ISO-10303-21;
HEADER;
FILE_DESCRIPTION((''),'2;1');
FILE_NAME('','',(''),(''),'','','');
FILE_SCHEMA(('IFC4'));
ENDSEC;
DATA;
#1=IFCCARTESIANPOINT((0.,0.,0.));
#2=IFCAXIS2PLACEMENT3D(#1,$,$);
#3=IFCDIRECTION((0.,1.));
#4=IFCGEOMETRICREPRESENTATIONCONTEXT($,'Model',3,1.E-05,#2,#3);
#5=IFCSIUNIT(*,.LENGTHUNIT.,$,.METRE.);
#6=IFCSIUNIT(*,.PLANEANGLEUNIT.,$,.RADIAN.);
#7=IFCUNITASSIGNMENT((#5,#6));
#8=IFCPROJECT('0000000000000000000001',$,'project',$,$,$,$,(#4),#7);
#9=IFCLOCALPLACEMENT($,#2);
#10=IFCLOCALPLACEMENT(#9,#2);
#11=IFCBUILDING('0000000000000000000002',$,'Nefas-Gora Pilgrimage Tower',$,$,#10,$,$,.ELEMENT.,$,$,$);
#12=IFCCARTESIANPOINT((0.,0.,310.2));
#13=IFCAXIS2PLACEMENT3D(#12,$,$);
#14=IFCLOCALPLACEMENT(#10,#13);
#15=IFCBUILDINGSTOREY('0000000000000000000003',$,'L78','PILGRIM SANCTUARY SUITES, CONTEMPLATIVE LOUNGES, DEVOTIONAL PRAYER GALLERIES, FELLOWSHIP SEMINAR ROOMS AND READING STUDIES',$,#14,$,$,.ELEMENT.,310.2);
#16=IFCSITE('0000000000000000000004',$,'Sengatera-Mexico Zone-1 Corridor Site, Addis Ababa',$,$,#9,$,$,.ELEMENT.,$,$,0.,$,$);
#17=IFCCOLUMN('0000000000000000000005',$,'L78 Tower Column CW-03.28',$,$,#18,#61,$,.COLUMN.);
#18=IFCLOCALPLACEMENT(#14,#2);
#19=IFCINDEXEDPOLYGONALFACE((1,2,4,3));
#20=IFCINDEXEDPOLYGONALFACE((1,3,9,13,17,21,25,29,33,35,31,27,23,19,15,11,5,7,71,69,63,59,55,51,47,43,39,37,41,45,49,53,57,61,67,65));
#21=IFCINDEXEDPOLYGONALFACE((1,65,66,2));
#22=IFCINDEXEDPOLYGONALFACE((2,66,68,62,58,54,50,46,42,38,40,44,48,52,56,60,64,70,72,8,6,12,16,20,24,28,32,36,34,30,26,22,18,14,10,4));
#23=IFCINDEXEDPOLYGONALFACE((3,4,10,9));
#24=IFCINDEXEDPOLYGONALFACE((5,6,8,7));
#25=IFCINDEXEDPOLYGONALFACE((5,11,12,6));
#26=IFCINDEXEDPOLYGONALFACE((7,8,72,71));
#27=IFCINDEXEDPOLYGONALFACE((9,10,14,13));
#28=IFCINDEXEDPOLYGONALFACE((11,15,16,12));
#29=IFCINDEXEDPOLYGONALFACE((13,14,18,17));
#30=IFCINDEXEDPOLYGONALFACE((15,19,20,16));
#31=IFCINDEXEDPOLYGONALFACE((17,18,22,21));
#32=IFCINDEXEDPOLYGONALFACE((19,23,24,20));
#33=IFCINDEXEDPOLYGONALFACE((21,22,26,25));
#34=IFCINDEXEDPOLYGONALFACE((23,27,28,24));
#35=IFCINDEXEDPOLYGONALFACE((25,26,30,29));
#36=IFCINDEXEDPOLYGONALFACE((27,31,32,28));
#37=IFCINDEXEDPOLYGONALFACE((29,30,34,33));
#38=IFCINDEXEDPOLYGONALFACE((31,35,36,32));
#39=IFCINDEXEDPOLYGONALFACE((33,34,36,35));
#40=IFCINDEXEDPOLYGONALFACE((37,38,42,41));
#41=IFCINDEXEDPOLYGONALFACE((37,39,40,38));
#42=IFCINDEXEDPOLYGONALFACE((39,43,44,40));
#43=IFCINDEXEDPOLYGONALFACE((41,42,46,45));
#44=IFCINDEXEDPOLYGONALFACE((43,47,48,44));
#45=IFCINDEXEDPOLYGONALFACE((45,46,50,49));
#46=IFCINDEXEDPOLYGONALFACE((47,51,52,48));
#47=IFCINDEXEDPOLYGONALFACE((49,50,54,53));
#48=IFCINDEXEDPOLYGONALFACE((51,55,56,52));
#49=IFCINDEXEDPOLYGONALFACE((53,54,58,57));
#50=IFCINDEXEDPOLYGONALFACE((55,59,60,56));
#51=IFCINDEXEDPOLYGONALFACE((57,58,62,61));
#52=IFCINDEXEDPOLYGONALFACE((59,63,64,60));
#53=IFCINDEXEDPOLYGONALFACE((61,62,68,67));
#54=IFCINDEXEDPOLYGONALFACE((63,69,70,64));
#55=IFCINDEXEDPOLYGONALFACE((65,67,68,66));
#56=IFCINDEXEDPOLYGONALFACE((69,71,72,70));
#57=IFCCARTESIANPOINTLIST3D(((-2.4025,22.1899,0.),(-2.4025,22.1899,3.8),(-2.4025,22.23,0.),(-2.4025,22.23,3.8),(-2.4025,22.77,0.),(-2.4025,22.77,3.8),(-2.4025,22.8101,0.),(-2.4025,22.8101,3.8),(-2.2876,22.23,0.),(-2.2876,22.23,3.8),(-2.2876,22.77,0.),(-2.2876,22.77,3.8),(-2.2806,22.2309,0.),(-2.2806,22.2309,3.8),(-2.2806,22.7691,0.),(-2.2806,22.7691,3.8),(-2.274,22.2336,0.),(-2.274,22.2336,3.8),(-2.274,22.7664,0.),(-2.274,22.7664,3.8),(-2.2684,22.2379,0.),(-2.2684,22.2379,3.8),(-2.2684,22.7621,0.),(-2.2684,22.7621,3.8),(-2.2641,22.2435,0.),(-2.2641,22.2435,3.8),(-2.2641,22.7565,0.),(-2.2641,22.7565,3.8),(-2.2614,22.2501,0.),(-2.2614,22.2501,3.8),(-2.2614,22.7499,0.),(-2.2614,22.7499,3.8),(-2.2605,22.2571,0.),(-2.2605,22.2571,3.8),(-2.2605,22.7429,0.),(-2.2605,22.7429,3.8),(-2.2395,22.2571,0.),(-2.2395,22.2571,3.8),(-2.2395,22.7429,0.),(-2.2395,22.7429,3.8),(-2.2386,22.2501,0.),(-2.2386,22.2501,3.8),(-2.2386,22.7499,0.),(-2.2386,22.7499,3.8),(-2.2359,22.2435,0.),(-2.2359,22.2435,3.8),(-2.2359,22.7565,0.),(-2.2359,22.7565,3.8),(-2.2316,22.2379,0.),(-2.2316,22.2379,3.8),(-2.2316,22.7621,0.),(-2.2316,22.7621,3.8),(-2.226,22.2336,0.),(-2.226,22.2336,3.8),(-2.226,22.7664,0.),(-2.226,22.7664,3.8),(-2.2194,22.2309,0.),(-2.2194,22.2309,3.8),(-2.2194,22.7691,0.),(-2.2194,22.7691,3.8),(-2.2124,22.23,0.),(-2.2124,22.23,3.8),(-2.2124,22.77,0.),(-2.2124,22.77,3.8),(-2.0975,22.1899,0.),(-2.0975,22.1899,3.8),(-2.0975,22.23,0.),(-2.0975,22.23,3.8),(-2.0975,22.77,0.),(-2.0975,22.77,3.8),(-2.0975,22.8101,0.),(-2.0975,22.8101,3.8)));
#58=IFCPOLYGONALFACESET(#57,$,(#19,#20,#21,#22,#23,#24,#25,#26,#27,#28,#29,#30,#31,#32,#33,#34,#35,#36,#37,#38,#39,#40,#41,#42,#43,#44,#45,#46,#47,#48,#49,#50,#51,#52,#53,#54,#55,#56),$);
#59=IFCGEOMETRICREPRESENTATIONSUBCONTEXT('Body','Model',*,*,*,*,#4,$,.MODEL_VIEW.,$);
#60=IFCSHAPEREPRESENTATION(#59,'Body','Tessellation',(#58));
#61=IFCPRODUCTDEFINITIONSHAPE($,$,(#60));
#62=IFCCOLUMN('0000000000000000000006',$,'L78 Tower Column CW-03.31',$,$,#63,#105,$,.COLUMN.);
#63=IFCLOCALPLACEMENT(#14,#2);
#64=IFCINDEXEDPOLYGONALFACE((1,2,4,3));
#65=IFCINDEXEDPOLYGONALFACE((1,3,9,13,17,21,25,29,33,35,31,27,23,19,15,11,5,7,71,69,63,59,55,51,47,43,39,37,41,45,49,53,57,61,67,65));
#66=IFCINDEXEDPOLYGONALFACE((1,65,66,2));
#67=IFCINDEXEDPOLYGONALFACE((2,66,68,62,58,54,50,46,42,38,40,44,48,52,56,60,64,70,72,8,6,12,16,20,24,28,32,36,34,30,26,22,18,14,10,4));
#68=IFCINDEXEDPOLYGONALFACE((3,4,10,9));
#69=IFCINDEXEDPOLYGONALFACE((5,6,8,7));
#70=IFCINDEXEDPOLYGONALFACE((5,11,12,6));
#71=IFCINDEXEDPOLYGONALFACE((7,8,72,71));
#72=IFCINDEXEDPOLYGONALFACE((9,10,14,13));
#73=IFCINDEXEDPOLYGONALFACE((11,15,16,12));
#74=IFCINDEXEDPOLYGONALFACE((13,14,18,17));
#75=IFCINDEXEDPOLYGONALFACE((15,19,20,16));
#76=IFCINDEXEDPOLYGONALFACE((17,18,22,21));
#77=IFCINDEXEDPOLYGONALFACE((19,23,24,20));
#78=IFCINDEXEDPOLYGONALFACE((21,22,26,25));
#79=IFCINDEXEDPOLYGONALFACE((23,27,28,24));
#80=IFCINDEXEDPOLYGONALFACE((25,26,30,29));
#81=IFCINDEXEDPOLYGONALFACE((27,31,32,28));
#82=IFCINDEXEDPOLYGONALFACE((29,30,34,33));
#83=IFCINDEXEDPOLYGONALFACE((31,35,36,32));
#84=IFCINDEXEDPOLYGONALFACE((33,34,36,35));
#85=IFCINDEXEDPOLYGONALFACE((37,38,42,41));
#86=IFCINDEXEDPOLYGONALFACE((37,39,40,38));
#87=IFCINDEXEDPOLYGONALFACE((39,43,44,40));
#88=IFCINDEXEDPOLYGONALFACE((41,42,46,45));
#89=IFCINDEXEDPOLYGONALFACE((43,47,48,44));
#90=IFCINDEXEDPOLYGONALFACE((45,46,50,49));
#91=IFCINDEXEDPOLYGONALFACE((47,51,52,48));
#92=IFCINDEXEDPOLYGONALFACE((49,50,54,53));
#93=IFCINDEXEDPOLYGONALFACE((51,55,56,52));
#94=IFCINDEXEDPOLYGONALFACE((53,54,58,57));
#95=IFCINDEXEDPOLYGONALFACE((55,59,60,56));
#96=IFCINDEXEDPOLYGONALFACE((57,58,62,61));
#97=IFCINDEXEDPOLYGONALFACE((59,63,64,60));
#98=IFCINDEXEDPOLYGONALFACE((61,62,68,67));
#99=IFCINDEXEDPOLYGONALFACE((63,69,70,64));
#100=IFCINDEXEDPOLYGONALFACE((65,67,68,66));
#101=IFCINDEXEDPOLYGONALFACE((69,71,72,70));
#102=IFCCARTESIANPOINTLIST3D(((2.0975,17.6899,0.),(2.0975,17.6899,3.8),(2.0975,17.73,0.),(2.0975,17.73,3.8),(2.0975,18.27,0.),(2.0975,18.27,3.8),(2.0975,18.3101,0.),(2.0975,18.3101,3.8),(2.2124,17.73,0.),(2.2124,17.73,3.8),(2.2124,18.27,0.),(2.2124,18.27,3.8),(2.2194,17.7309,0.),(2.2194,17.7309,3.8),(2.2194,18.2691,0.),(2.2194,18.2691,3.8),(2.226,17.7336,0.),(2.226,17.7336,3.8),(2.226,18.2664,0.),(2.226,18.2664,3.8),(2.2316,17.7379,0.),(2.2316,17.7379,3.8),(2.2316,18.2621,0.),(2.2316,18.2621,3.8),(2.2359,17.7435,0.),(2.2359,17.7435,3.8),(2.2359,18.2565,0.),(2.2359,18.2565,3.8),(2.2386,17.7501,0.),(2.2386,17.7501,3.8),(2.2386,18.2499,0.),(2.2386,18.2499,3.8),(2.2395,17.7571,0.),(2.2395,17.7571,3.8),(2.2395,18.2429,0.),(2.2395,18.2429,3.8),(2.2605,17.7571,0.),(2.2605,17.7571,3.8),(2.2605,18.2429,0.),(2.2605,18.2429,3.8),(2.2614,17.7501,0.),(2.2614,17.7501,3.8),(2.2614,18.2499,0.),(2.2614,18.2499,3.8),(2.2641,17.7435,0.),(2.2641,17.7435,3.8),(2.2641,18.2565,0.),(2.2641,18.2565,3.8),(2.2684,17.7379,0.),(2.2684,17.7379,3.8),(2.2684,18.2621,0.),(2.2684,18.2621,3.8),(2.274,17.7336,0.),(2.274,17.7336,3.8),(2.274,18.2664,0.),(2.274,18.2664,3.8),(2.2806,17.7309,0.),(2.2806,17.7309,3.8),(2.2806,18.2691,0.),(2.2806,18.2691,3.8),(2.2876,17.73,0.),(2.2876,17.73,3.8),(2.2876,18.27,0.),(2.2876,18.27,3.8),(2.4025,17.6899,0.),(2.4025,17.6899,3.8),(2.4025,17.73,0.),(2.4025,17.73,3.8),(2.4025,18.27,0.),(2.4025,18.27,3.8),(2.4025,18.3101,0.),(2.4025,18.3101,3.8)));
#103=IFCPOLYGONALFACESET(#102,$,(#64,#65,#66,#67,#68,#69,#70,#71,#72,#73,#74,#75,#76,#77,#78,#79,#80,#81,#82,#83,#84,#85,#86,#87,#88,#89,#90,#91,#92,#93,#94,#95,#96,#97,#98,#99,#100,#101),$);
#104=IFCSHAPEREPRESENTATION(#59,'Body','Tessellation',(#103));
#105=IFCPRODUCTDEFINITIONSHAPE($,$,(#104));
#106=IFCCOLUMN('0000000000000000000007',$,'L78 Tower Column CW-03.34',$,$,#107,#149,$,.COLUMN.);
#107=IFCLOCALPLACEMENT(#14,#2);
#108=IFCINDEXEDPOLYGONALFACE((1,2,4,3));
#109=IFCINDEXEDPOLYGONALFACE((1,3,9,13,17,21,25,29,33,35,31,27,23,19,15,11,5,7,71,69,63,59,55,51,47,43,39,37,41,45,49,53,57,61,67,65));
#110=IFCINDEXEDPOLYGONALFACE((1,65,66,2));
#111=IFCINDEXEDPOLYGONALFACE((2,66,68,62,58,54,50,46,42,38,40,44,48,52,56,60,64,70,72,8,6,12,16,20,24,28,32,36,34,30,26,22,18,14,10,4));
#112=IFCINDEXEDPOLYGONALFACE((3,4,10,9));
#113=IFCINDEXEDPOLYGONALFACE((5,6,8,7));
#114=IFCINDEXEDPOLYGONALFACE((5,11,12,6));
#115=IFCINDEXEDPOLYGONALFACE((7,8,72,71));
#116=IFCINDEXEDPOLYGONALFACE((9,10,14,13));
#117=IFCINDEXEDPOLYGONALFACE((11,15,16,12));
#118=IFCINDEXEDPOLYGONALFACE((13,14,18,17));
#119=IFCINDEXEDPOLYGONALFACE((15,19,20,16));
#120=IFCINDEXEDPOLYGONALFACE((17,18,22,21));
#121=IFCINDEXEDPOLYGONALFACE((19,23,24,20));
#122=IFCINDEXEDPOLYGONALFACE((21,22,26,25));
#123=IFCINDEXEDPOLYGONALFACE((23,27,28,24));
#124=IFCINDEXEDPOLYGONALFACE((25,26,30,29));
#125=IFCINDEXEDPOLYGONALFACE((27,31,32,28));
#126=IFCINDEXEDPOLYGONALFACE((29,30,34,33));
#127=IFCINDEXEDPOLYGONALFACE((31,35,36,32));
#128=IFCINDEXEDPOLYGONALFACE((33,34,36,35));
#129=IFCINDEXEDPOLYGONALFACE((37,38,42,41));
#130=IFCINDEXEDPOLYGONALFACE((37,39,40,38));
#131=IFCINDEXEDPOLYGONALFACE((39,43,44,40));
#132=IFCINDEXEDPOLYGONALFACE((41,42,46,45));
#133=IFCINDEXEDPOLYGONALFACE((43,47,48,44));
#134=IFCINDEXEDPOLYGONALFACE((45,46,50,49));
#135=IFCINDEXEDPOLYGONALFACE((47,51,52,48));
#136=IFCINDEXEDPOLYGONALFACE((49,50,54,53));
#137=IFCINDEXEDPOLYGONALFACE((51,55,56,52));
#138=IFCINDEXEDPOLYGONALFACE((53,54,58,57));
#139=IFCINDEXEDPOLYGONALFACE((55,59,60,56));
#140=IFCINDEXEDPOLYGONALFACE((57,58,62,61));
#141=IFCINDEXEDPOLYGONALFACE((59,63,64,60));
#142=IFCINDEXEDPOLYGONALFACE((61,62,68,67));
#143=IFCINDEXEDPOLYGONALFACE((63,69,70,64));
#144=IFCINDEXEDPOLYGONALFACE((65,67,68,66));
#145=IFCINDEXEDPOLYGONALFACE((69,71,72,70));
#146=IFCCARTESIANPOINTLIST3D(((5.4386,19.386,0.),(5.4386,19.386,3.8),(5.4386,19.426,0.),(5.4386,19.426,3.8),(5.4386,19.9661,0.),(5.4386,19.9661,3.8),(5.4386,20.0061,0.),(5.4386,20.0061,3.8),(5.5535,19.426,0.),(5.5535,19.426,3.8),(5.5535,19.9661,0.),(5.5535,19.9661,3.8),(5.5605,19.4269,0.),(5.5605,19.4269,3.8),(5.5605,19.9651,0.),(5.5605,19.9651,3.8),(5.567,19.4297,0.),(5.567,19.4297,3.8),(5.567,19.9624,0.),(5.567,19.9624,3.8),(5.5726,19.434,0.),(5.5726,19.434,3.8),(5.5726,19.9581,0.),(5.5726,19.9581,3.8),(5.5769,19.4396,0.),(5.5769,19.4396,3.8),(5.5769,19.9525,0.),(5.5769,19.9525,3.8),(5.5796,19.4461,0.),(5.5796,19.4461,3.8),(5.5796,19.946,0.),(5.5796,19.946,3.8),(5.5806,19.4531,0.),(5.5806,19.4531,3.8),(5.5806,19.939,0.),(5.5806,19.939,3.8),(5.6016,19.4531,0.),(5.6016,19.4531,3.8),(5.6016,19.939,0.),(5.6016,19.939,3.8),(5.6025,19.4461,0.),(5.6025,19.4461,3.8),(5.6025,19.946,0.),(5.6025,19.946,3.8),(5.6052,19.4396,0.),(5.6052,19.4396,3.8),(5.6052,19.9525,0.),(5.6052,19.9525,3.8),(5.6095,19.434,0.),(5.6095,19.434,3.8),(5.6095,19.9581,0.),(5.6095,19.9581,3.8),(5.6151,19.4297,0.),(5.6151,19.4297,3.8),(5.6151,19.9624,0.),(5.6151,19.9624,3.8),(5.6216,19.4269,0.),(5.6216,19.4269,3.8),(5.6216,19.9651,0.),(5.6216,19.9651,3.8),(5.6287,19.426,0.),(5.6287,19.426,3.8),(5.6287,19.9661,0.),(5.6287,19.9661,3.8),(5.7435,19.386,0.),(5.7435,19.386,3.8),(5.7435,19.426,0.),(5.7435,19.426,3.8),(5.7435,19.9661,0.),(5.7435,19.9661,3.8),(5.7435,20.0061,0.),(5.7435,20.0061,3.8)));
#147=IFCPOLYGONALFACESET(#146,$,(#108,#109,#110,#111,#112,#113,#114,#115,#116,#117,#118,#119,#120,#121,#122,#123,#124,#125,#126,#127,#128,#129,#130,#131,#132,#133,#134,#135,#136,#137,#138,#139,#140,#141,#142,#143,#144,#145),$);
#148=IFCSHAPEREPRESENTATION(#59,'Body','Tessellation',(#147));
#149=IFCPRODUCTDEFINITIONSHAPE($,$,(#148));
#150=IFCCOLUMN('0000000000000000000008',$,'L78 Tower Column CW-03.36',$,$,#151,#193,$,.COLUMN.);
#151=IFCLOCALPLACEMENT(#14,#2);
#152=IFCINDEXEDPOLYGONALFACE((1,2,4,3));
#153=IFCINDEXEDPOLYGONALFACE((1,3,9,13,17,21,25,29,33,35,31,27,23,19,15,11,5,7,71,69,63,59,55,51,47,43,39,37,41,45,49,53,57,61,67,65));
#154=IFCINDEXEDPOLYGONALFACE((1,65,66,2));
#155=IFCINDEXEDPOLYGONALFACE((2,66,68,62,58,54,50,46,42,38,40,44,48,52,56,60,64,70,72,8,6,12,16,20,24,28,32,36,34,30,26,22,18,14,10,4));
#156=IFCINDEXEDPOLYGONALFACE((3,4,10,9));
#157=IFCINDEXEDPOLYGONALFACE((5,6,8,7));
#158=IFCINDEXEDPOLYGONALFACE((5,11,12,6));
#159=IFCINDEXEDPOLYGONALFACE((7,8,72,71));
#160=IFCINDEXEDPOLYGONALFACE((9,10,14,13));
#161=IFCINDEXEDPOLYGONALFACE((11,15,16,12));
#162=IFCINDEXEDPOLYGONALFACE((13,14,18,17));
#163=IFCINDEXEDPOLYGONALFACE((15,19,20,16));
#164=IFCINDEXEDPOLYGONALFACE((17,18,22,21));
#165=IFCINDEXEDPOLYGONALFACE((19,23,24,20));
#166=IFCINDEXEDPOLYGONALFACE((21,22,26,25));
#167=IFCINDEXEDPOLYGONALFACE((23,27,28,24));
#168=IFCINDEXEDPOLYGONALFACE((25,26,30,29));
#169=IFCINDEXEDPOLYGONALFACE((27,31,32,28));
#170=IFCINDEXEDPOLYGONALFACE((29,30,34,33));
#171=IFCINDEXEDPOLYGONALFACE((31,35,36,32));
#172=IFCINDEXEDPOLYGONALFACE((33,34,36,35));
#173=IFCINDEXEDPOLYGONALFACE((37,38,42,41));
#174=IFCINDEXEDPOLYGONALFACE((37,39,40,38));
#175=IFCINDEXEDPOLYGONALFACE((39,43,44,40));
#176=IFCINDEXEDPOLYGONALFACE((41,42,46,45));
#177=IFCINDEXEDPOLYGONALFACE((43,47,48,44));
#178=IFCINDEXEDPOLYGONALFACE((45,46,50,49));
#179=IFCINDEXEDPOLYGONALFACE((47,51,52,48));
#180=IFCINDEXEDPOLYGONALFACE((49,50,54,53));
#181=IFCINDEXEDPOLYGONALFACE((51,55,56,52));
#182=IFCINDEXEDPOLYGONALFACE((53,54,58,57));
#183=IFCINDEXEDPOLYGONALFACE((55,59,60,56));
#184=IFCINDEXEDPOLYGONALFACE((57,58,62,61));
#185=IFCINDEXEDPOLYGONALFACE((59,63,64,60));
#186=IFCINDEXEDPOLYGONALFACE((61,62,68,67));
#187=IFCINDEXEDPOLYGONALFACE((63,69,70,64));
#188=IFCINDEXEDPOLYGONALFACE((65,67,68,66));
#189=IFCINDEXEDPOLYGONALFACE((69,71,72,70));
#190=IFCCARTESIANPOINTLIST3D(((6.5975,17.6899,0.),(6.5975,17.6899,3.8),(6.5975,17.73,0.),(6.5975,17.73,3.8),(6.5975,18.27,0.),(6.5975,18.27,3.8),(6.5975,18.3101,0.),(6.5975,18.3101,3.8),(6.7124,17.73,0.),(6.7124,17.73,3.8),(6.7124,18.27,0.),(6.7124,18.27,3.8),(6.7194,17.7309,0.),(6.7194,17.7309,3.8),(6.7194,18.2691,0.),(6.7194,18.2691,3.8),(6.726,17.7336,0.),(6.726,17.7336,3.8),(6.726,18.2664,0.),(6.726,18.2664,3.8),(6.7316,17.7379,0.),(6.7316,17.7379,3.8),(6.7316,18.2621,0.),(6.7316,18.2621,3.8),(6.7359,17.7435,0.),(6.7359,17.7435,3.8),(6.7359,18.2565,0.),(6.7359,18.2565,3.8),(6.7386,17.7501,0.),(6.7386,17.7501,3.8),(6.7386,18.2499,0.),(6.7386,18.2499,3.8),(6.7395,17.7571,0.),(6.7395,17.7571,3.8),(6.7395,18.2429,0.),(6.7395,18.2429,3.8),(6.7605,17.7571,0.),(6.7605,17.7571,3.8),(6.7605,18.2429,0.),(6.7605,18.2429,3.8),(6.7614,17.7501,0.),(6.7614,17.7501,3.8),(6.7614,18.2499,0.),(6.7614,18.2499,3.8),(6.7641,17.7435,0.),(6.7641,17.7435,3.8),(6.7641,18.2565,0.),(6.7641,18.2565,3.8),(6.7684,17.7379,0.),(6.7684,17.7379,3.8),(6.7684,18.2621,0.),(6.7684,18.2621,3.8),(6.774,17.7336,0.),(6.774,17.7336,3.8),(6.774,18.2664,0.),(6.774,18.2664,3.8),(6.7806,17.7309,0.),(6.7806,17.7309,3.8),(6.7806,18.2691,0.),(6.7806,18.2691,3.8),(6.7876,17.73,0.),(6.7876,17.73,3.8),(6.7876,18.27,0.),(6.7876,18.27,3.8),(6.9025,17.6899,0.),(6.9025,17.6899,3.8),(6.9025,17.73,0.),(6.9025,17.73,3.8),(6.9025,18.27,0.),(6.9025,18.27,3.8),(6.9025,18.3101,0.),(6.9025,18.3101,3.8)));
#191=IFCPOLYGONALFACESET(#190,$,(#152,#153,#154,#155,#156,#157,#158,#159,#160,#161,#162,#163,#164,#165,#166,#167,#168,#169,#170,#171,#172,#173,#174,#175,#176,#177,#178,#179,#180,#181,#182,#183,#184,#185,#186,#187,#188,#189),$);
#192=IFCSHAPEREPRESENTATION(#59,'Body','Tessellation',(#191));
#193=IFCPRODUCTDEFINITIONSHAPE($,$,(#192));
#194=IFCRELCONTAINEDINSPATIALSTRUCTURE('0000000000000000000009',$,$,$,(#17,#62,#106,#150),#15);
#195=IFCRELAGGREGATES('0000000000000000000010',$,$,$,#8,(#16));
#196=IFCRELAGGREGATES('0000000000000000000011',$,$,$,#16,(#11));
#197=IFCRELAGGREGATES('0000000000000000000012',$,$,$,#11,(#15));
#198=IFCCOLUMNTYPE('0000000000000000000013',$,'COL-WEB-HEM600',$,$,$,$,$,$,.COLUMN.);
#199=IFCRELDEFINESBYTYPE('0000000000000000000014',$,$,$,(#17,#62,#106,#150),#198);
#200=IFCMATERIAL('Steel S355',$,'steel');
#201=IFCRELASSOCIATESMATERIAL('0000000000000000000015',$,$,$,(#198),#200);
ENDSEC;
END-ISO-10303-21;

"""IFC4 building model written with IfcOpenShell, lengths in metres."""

from ifc_helpers import new_model, si_unit, direction, frame, origin, origin_2d, place, context, subcontext, project, spatial, i_section, extrude, source, transform, mapped, material, material_profile, profile_set, type_object, element, save


model = new_model("IFC4")

# Units and contexts
model_context = context("Model", 3, precision=1e-05, world=origin(), true_north=direction((0.0, 1.0)))
body_context = subcontext(model_context, "Body", "Model", "MODEL_VIEW")
ifc_project = project(units=[si_unit("LENGTHUNIT", "METRE"), si_unit("PLANEANGLEUNIT", "RADIAN")], contexts=[model_context])

# Site, building, storey
site_placement = place(None, origin())
site = spatial("IfcSite", under=ifc_project, at=site_placement, Name="Sengatera-Mexico Zone-1 Corridor Site, Addis Ababa", CompositionType="ELEMENT", RefElevation=0.0)
building_placement = place(site_placement, origin())
building = spatial("IfcBuilding", under=site, at=building_placement, Name="Nefas-Gora Pilgrimage Tower", CompositionType="ELEMENT")
storey_placement = place(building_placement, frame((0.0, 0.0, 310.2)))
storey = spatial("IfcBuildingStorey", under=building, at=storey_placement, Name="L78", Description="PILGRIM SANCTUARY SUITES, CONTEMPLATIVE LOUNGES, DEVOTIONAL PRAYER GALLERIES, FELLOWSHIP SEMINAR ROOMS AND READING STUDIES", CompositionType="ELEMENT", Elevation=310.2)

# Columns
ifc_material_1 = material(Name="Steel S355", Category="steel")
ifc_material_profile_1 = material_profile(ifc_material_1, i_section(OverallWidth=0.3049, OverallDepth=0.6201, WebThickness=0.021, FlangeThickness=0.04, FilletRadius=0.0271, at=origin_2d()), Name="HEM 600")
ifc_profile_set_1 = profile_set([ifc_material_profile_1], Name="Steel S355")
column_type_1 = type_object("IfcColumnType", Name="COL-WEB-HEM600", PredefinedType="COLUMN", material=ifc_profile_set_1)
shared_shape_1 = source(origin(), body_context, "Body", "SweptSolid", [
    extrude(i_section(OverallWidth=0.3049, OverallDepth=0.6201, WebThickness=0.021, FlangeThickness=0.04, FilletRadius=0.0271, at=origin_2d()), origin(), (0.0, 0.0, 1.0), 3.8),
])
for number, where, z_axis, x_axis, name in (
    (1, (-2.25, 22.5, 0.0), (0.0, 0.0, 1.0), (1.0, 0.0, 0.0), "L78 Tower Column CW-03.28"),
    (2, (2.25, 18.0, 0.0), (0.0, 0.0, 1.0), (1.0, 0.0, 0.0), "L78 Tower Column CW-03.31"),
    (3, (5.5911, 19.696, 0.0), (0.0, 0.0, 1.0), (1.0, 0.0, 0.0), "L78 Tower Column CW-03.34"),
    (4, (6.75, 18.0, 0.0), (0.0, 0.0, 1.0), (1.0, 0.0, 0.0), "L78 Tower Column CW-03.36"),
):
    element("IfcColumn", number, at=place(storey_placement, frame(where, z_axis=z_axis, x_axis=x_axis)), inside=storey, type_object=column_type_1, Name=name, PredefinedType="COLUMN", context=body_context, shape_type="MappedRepresentation", body=[
        mapped(shared_shape_1, transform((0.0, 0.0, 0.0), x_axis=(1.0, 0.0, 0.0), y_axis=(0.0, 1.0, 0.0), z_axis=(0.0, 0.0, 1.0), scale=1.0)),
    ])

save(model, "model.ifc")
